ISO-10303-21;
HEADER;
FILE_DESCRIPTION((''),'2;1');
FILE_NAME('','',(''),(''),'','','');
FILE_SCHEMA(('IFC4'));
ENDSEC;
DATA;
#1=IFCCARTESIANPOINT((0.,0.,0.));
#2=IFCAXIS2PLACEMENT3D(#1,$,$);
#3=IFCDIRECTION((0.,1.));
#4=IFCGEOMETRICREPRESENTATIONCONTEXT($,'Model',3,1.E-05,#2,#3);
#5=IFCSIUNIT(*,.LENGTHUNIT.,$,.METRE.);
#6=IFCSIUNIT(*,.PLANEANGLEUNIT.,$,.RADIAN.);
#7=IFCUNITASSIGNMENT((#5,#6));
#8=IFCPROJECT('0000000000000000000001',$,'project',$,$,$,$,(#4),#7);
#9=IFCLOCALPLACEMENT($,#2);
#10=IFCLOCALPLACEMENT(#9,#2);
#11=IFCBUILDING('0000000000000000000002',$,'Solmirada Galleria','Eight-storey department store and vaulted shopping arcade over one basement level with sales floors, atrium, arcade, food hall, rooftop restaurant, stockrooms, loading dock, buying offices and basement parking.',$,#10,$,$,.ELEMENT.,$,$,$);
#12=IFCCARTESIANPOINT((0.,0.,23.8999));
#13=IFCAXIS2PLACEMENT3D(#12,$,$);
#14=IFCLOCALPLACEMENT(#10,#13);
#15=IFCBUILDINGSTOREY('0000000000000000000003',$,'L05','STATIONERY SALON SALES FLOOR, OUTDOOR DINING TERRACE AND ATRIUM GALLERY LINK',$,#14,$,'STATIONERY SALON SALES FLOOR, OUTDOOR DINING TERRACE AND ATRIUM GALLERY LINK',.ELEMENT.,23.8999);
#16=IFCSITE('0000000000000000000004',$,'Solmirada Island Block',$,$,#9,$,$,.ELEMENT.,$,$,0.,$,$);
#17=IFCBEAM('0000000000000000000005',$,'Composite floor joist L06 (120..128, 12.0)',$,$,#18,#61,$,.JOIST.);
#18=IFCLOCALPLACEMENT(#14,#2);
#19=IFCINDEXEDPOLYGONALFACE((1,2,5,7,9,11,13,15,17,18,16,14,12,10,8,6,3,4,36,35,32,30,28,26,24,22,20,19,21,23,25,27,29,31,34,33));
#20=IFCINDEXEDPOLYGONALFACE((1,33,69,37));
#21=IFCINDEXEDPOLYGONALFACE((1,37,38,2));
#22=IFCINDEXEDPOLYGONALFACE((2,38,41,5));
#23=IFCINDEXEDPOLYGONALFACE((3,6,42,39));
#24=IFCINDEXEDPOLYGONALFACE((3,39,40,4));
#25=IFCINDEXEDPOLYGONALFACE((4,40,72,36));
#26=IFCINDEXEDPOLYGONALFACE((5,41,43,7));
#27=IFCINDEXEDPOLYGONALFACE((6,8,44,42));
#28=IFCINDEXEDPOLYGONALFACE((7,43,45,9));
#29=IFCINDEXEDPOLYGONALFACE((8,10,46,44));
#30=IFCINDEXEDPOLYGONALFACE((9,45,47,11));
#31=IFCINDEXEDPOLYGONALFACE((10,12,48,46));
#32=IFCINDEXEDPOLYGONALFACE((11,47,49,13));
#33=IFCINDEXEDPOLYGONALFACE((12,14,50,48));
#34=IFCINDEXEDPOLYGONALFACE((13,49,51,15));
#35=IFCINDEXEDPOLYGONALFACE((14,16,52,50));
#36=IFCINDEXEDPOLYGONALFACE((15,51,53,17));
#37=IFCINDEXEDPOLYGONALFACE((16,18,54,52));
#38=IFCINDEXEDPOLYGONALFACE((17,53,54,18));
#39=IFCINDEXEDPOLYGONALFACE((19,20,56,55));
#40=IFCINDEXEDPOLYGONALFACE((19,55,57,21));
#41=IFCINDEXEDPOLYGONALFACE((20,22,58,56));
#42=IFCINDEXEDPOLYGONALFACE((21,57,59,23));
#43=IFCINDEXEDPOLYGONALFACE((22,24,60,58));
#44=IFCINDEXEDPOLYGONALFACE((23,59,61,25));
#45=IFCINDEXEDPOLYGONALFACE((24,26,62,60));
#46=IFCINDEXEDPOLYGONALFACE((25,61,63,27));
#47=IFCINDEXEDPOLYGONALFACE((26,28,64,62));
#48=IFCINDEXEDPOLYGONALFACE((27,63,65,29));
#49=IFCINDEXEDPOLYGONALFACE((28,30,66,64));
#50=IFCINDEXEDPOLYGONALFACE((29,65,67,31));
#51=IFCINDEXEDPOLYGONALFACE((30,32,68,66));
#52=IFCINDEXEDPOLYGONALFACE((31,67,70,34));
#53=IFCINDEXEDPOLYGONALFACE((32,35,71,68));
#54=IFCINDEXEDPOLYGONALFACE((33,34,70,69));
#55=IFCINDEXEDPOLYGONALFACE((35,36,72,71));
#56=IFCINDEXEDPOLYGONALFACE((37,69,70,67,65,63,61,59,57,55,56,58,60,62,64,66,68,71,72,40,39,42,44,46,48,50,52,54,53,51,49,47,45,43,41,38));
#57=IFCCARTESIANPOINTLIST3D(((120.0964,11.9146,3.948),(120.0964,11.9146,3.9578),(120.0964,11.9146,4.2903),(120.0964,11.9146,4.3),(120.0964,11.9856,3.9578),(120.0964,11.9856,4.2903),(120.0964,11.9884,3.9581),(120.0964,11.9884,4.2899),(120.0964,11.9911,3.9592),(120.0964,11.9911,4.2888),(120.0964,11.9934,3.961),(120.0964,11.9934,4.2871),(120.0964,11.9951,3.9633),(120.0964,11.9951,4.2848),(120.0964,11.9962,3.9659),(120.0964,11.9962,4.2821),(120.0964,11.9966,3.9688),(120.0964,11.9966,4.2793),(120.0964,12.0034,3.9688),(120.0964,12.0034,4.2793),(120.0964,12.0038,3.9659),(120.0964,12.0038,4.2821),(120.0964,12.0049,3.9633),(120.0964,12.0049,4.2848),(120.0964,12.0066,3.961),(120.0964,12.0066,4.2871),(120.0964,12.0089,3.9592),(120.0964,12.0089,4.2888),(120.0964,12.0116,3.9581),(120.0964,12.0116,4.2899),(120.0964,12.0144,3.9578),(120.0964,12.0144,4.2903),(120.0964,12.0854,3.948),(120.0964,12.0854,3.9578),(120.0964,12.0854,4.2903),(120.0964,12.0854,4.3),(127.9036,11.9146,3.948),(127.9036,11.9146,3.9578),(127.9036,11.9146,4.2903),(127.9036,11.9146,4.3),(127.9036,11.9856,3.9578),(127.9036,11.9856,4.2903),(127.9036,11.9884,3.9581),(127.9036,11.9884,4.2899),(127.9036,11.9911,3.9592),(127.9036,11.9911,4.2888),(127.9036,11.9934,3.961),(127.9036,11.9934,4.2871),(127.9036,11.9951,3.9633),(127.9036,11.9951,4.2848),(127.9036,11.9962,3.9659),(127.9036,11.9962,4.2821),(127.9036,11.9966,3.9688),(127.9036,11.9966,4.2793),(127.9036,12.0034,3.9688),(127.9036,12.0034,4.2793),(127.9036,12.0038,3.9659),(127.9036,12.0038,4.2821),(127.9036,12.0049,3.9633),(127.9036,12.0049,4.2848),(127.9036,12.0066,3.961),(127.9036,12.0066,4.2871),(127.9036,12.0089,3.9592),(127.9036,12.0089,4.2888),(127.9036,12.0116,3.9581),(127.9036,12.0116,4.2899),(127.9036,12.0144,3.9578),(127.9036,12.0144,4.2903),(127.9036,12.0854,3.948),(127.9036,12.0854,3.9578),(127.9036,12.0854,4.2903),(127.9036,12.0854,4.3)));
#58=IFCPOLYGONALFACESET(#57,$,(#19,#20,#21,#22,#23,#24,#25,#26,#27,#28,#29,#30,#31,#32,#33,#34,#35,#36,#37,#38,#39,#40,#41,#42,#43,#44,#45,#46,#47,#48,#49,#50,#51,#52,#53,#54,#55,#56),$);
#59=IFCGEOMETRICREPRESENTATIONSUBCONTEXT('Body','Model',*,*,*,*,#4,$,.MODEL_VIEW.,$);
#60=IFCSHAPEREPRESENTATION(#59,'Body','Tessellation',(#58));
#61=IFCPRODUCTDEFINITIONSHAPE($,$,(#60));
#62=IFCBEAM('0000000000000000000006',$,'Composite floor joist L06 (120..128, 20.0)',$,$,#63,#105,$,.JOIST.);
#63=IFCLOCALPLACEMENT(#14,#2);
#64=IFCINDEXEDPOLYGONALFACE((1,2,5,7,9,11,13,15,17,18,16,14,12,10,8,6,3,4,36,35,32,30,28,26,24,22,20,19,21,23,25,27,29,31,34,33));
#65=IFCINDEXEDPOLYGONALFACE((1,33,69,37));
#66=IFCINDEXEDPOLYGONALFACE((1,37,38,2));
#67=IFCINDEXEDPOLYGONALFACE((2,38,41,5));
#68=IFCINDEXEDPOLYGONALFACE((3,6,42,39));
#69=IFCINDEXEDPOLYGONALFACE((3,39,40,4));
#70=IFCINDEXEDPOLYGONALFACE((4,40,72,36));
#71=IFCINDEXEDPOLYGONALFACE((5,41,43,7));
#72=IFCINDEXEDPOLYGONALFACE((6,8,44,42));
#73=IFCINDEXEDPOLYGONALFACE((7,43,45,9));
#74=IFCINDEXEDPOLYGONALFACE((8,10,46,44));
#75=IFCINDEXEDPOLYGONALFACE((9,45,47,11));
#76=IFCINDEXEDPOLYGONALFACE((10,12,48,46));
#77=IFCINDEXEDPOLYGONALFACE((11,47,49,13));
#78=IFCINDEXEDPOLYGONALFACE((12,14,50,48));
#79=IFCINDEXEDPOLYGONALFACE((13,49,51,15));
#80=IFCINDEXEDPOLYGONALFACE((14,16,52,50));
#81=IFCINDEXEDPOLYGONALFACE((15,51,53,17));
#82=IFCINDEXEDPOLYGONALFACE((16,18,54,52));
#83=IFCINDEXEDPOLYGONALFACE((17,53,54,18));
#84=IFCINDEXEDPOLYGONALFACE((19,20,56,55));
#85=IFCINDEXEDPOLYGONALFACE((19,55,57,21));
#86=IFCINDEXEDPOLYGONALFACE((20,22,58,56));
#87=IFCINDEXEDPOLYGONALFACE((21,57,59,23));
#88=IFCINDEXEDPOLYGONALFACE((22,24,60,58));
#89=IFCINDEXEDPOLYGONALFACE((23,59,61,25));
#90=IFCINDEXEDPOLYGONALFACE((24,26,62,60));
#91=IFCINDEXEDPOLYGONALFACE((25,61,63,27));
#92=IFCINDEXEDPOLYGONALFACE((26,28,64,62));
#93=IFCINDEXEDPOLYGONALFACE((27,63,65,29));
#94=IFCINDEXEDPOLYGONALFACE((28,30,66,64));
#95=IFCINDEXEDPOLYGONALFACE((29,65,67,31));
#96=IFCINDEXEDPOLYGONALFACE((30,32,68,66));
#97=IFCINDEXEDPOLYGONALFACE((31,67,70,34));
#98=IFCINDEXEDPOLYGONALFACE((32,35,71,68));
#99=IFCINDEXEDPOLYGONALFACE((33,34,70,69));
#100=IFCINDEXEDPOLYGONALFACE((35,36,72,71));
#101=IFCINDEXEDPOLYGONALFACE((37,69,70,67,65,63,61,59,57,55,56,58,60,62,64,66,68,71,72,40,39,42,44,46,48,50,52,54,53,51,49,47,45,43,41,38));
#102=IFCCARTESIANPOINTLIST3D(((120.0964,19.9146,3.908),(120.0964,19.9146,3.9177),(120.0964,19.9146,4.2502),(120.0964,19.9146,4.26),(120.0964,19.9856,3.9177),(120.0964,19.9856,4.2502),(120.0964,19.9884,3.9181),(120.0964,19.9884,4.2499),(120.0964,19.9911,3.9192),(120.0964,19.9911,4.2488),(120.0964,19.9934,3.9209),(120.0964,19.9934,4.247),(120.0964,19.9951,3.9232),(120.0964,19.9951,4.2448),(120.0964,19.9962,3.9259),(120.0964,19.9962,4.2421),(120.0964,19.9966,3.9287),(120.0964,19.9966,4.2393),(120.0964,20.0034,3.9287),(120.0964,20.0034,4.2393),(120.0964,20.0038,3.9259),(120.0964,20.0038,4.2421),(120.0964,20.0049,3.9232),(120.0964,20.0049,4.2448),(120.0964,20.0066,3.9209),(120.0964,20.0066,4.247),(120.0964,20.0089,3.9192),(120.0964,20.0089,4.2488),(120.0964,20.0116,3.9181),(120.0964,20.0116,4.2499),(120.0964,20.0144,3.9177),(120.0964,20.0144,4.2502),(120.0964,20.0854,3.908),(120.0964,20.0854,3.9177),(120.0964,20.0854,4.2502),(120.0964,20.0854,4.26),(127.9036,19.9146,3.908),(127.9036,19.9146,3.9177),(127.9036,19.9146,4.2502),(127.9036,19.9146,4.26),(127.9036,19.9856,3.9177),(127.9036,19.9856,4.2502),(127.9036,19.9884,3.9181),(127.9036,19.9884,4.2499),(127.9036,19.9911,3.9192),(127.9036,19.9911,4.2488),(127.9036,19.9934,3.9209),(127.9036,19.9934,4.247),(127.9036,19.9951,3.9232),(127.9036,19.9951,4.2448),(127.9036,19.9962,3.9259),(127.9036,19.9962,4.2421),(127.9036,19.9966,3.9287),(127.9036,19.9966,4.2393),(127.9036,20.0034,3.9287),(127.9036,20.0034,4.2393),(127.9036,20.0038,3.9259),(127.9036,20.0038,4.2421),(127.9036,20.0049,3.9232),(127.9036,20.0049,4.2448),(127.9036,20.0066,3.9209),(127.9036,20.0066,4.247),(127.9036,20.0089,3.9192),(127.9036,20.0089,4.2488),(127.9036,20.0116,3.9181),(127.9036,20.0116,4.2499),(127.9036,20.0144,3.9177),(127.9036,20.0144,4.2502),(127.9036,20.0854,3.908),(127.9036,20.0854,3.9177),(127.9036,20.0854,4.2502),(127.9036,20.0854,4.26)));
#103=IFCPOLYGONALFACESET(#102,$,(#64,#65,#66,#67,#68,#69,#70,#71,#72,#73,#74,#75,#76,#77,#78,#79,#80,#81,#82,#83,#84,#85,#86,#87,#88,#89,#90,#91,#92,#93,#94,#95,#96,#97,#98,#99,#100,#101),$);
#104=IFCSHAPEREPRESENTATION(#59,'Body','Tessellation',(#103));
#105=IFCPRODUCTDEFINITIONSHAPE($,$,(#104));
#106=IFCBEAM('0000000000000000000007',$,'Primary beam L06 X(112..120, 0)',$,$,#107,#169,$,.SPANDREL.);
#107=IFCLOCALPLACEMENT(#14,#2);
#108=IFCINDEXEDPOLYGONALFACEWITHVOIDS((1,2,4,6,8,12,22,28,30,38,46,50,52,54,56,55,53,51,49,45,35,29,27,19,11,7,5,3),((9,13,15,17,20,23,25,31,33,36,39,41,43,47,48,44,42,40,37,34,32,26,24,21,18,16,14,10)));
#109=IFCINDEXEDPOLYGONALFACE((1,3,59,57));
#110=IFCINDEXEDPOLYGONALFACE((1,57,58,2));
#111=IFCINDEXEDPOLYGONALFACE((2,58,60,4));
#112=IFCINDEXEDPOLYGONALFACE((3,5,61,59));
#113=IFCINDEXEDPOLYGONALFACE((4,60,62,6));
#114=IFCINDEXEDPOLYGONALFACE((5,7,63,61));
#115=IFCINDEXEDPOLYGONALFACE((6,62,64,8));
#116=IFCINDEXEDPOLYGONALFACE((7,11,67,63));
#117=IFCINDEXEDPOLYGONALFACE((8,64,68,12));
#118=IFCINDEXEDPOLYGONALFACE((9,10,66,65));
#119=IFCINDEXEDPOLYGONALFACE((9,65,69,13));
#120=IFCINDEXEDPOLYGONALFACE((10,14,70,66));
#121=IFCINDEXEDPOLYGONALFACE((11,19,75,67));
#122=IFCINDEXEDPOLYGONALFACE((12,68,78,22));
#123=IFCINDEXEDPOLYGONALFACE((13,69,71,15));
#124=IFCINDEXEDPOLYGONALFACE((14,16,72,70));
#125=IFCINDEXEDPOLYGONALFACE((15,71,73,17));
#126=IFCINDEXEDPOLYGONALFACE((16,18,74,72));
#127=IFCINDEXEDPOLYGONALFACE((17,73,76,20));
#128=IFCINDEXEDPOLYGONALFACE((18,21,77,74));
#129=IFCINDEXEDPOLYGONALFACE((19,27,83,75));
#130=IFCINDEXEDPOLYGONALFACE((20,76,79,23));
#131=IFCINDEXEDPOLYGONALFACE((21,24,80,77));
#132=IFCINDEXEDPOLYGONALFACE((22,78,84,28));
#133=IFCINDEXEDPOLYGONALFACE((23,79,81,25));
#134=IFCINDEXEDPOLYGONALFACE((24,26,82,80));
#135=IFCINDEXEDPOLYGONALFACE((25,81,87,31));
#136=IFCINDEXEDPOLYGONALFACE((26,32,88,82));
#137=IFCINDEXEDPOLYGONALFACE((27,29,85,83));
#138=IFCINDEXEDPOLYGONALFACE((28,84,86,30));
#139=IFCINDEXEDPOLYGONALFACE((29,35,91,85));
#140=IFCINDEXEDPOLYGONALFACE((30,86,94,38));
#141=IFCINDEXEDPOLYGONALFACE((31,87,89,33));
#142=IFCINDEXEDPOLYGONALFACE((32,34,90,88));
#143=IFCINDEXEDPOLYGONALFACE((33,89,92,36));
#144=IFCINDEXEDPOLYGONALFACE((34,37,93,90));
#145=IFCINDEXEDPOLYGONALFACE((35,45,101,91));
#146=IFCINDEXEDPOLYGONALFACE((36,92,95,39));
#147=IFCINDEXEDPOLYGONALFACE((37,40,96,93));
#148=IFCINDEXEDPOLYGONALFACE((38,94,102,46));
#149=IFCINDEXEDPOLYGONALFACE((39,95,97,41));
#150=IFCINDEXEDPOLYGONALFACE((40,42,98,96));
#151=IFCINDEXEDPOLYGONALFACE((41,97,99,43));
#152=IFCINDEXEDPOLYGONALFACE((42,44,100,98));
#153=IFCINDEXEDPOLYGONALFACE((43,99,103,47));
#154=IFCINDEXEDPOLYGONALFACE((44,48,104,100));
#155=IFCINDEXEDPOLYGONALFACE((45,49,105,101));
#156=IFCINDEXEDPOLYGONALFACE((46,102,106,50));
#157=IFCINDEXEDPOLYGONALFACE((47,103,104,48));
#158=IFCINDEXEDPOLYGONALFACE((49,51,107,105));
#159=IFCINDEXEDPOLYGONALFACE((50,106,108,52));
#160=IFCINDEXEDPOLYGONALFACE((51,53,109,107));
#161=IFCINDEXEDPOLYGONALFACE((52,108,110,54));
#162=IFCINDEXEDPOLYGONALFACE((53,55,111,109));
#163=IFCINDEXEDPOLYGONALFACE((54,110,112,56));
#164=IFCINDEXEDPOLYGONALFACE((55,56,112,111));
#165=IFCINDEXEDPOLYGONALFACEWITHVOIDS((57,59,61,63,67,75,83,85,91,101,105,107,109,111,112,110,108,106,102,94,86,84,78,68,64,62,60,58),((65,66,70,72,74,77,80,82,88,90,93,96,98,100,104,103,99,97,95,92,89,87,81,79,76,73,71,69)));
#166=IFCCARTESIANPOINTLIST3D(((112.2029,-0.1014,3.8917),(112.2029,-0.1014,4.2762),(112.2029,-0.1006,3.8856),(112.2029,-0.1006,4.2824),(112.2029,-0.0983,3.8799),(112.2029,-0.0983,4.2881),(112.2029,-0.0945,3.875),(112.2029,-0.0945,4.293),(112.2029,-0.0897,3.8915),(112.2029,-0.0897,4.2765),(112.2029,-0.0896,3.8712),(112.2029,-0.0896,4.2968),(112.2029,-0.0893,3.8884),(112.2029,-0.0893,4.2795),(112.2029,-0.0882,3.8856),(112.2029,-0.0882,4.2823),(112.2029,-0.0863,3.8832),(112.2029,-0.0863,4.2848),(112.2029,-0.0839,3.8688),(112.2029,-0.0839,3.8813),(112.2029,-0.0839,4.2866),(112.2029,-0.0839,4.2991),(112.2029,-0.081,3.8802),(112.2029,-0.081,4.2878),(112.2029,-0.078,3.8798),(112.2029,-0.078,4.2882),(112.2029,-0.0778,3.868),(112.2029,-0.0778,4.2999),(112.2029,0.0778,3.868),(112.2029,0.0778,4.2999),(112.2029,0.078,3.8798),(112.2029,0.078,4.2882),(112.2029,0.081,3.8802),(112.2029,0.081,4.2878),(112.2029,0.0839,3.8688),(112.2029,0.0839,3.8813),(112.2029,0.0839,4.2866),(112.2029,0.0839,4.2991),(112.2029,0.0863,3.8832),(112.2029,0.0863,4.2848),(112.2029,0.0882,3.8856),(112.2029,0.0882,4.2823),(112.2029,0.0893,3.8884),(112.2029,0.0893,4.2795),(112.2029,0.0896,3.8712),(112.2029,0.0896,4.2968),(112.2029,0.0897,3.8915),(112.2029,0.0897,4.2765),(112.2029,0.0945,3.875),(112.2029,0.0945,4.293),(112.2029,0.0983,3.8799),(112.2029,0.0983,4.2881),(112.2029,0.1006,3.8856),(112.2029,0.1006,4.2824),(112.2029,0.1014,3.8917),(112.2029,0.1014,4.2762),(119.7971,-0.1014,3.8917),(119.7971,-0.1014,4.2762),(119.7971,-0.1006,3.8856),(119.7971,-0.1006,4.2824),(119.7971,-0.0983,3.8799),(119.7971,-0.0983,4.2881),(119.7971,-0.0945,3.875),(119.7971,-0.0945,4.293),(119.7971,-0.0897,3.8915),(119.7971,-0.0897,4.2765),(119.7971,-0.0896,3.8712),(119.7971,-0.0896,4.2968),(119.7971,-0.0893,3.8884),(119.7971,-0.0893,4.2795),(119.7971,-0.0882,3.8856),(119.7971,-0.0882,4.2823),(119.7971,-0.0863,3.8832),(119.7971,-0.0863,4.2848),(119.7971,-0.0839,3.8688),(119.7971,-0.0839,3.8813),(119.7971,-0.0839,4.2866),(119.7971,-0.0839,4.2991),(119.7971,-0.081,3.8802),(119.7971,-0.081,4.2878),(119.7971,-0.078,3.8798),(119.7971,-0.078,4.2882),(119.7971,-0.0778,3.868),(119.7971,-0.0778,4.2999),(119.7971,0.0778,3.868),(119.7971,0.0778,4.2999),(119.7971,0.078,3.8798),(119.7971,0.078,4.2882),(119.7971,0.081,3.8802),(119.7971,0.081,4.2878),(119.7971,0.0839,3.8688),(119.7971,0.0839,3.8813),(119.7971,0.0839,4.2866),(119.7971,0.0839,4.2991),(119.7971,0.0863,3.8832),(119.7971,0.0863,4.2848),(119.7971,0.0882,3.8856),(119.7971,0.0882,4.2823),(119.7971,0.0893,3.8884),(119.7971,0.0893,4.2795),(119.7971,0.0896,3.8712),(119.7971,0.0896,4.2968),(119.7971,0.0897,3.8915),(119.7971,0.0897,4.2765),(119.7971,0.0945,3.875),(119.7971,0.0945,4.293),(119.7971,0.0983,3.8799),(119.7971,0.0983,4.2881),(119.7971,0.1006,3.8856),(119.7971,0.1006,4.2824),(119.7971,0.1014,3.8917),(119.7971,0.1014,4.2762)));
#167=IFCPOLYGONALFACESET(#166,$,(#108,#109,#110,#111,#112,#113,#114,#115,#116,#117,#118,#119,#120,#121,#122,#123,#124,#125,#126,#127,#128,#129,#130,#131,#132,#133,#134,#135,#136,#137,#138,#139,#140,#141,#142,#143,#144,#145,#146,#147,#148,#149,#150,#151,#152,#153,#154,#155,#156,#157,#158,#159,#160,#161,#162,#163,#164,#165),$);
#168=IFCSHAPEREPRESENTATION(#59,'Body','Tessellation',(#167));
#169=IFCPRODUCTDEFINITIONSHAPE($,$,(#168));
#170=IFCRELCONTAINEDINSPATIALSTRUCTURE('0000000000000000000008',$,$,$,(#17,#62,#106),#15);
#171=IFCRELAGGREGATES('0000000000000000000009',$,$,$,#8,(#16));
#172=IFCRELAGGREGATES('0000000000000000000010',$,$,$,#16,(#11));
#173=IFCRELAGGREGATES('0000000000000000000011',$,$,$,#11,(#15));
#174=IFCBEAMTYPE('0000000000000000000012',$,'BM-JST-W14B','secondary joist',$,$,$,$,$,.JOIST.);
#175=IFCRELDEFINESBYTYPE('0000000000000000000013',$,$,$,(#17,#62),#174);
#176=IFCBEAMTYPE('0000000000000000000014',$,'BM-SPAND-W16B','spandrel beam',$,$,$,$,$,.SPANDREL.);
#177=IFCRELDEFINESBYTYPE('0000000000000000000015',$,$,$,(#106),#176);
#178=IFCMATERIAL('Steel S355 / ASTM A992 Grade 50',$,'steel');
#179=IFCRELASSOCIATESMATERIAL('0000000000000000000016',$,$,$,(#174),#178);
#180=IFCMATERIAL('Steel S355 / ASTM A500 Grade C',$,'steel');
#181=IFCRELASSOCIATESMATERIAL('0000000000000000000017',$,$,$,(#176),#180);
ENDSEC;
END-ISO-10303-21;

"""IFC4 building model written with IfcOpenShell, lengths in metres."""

from ifc_helpers import new_model, si_unit, direction, frame, origin, origin_2d, place, context, subcontext, project, spatial, hollow_rectangle, i_section, extrude, material, material_profile, profile_set, type_object, element, save


model = new_model("IFC4")

# Units and contexts
model_context = context("Model", 3, precision=1e-05, world=origin(), true_north=direction((0.0, 1.0)))
body_context = subcontext(model_context, "Body", "Model", "MODEL_VIEW")
ifc_project = project(units=[si_unit("LENGTHUNIT", "METRE"), si_unit("PLANEANGLEUNIT", "RADIAN")], contexts=[model_context])

# Site, building, storey
site_placement = place(None, origin())
site = spatial("IfcSite", under=ifc_project, at=site_placement, Name="Solmirada Island Block", CompositionType="ELEMENT", RefElevation=0.0)
building_placement = place(site_placement, origin())
building = spatial("IfcBuilding", under=site, at=building_placement, Name="Solmirada Galleria", Description="Eight-storey department store and vaulted shopping arcade over one basement level with sales floors, atrium, arcade, food hall, rooftop restaurant, stockrooms, loading dock, buying offices and basement parking.", CompositionType="ELEMENT")
storey_placement = place(building_placement, frame((0.0, 0.0, 23.8999)))
storey = spatial("IfcBuildingStorey", under=building, at=storey_placement, Name="L05", Description="STATIONERY SALON SALES FLOOR, OUTDOOR DINING TERRACE AND ATRIUM GALLERY LINK", LongName="STATIONERY SALON SALES FLOOR, OUTDOOR DINING TERRACE AND ATRIUM GALLERY LINK", CompositionType="ELEMENT", Elevation=23.8999)

# Shared definitions
ifc_material_1 = material(Name="Steel S355 / ASTM A500 Grade C", Category="steel")

# Beams
ifc_material_2 = material(Name="Steel S355 / ASTM A992 Grade 50", Category="steel")
ifc_material_profile_1 = material_profile(ifc_material_2, i_section(OverallWidth=0.1709, OverallDepth=0.3521, WebThickness=0.0068, FlangeThickness=0.0098, FilletRadius=0.011, at=origin_2d()), Name="W14X30")
ifc_profile_set_1 = profile_set([ifc_material_profile_1], Name="Steel S355 / ASTM A992 Grade 50")
beam_type_1 = type_object("IfcBeamType", Name="BM-JST-W14B", Description="secondary joist", PredefinedType="JOIST", material=ifc_profile_set_1)
for number, where, z_axis, x_axis, name in (
    (1, (120.0964, 12.0, 4.124), (1.0, 0.0, 0.0), (0.0, 1.0, 0.0), "Composite floor joist L06 (120..128, 12.0)"),
    (2, (120.0964, 20.0, 4.084), (1.0, 0.0, 0.0), (0.0, 1.0, 0.0), "Composite floor joist L06 (120..128, 20.0)"),
):
    element("IfcBeam", number, at=place(storey_placement, frame(where, z_axis=z_axis, x_axis=x_axis)), inside=storey, type_object=beam_type_1, Name=name, PredefinedType="JOIST", context=body_context, shape_type="SweptSolid", body=[
        extrude(i_section(OverallWidth=0.1709, OverallDepth=0.3521, WebThickness=0.0068, FlangeThickness=0.0098, FilletRadius=0.011, at=origin_2d()), origin(), (0.0, 0.0, 1.0), 7.8071),
    ])
ifc_material_profile_2 = material_profile(ifc_material_1, hollow_rectangle(XDim=0.2029, YDim=0.4319, WallThickness=0.0117, InnerFilletRadius=0.0117, OuterFilletRadius=0.0237, at=origin_2d()), Name="HSS17X8X1/2")
ifc_profile_set_2 = profile_set([ifc_material_profile_2], Name="Steel S355 / ASTM A500 Grade C")
beam_type_2 = type_object("IfcBeamType", Name="BM-SPAND-W16B", Description="spandrel beam", PredefinedType="SPANDREL", material=ifc_profile_set_2)
for number, where, z_axis, x_axis, name in (
    (3, (112.2029, 0.0, 4.084), (1.0, 0.0, 0.0), (0.0, 1.0, 0.0), "Primary beam L06 X(112..120, 0)"),
):
    element("IfcBeam", number, at=place(storey_placement, frame(where, z_axis=z_axis, x_axis=x_axis)), inside=storey, type_object=beam_type_2, Name=name, PredefinedType="SPANDREL", context=body_context, shape_type="SweptSolid", body=[
        extrude(hollow_rectangle(XDim=0.2029, YDim=0.4319, WallThickness=0.0117, InnerFilletRadius=0.0117, OuterFilletRadius=0.0237, at=origin_2d()), origin(), (0.0, 0.0, 1.0), 7.5942),
    ])

save(model, "model.ifc")
